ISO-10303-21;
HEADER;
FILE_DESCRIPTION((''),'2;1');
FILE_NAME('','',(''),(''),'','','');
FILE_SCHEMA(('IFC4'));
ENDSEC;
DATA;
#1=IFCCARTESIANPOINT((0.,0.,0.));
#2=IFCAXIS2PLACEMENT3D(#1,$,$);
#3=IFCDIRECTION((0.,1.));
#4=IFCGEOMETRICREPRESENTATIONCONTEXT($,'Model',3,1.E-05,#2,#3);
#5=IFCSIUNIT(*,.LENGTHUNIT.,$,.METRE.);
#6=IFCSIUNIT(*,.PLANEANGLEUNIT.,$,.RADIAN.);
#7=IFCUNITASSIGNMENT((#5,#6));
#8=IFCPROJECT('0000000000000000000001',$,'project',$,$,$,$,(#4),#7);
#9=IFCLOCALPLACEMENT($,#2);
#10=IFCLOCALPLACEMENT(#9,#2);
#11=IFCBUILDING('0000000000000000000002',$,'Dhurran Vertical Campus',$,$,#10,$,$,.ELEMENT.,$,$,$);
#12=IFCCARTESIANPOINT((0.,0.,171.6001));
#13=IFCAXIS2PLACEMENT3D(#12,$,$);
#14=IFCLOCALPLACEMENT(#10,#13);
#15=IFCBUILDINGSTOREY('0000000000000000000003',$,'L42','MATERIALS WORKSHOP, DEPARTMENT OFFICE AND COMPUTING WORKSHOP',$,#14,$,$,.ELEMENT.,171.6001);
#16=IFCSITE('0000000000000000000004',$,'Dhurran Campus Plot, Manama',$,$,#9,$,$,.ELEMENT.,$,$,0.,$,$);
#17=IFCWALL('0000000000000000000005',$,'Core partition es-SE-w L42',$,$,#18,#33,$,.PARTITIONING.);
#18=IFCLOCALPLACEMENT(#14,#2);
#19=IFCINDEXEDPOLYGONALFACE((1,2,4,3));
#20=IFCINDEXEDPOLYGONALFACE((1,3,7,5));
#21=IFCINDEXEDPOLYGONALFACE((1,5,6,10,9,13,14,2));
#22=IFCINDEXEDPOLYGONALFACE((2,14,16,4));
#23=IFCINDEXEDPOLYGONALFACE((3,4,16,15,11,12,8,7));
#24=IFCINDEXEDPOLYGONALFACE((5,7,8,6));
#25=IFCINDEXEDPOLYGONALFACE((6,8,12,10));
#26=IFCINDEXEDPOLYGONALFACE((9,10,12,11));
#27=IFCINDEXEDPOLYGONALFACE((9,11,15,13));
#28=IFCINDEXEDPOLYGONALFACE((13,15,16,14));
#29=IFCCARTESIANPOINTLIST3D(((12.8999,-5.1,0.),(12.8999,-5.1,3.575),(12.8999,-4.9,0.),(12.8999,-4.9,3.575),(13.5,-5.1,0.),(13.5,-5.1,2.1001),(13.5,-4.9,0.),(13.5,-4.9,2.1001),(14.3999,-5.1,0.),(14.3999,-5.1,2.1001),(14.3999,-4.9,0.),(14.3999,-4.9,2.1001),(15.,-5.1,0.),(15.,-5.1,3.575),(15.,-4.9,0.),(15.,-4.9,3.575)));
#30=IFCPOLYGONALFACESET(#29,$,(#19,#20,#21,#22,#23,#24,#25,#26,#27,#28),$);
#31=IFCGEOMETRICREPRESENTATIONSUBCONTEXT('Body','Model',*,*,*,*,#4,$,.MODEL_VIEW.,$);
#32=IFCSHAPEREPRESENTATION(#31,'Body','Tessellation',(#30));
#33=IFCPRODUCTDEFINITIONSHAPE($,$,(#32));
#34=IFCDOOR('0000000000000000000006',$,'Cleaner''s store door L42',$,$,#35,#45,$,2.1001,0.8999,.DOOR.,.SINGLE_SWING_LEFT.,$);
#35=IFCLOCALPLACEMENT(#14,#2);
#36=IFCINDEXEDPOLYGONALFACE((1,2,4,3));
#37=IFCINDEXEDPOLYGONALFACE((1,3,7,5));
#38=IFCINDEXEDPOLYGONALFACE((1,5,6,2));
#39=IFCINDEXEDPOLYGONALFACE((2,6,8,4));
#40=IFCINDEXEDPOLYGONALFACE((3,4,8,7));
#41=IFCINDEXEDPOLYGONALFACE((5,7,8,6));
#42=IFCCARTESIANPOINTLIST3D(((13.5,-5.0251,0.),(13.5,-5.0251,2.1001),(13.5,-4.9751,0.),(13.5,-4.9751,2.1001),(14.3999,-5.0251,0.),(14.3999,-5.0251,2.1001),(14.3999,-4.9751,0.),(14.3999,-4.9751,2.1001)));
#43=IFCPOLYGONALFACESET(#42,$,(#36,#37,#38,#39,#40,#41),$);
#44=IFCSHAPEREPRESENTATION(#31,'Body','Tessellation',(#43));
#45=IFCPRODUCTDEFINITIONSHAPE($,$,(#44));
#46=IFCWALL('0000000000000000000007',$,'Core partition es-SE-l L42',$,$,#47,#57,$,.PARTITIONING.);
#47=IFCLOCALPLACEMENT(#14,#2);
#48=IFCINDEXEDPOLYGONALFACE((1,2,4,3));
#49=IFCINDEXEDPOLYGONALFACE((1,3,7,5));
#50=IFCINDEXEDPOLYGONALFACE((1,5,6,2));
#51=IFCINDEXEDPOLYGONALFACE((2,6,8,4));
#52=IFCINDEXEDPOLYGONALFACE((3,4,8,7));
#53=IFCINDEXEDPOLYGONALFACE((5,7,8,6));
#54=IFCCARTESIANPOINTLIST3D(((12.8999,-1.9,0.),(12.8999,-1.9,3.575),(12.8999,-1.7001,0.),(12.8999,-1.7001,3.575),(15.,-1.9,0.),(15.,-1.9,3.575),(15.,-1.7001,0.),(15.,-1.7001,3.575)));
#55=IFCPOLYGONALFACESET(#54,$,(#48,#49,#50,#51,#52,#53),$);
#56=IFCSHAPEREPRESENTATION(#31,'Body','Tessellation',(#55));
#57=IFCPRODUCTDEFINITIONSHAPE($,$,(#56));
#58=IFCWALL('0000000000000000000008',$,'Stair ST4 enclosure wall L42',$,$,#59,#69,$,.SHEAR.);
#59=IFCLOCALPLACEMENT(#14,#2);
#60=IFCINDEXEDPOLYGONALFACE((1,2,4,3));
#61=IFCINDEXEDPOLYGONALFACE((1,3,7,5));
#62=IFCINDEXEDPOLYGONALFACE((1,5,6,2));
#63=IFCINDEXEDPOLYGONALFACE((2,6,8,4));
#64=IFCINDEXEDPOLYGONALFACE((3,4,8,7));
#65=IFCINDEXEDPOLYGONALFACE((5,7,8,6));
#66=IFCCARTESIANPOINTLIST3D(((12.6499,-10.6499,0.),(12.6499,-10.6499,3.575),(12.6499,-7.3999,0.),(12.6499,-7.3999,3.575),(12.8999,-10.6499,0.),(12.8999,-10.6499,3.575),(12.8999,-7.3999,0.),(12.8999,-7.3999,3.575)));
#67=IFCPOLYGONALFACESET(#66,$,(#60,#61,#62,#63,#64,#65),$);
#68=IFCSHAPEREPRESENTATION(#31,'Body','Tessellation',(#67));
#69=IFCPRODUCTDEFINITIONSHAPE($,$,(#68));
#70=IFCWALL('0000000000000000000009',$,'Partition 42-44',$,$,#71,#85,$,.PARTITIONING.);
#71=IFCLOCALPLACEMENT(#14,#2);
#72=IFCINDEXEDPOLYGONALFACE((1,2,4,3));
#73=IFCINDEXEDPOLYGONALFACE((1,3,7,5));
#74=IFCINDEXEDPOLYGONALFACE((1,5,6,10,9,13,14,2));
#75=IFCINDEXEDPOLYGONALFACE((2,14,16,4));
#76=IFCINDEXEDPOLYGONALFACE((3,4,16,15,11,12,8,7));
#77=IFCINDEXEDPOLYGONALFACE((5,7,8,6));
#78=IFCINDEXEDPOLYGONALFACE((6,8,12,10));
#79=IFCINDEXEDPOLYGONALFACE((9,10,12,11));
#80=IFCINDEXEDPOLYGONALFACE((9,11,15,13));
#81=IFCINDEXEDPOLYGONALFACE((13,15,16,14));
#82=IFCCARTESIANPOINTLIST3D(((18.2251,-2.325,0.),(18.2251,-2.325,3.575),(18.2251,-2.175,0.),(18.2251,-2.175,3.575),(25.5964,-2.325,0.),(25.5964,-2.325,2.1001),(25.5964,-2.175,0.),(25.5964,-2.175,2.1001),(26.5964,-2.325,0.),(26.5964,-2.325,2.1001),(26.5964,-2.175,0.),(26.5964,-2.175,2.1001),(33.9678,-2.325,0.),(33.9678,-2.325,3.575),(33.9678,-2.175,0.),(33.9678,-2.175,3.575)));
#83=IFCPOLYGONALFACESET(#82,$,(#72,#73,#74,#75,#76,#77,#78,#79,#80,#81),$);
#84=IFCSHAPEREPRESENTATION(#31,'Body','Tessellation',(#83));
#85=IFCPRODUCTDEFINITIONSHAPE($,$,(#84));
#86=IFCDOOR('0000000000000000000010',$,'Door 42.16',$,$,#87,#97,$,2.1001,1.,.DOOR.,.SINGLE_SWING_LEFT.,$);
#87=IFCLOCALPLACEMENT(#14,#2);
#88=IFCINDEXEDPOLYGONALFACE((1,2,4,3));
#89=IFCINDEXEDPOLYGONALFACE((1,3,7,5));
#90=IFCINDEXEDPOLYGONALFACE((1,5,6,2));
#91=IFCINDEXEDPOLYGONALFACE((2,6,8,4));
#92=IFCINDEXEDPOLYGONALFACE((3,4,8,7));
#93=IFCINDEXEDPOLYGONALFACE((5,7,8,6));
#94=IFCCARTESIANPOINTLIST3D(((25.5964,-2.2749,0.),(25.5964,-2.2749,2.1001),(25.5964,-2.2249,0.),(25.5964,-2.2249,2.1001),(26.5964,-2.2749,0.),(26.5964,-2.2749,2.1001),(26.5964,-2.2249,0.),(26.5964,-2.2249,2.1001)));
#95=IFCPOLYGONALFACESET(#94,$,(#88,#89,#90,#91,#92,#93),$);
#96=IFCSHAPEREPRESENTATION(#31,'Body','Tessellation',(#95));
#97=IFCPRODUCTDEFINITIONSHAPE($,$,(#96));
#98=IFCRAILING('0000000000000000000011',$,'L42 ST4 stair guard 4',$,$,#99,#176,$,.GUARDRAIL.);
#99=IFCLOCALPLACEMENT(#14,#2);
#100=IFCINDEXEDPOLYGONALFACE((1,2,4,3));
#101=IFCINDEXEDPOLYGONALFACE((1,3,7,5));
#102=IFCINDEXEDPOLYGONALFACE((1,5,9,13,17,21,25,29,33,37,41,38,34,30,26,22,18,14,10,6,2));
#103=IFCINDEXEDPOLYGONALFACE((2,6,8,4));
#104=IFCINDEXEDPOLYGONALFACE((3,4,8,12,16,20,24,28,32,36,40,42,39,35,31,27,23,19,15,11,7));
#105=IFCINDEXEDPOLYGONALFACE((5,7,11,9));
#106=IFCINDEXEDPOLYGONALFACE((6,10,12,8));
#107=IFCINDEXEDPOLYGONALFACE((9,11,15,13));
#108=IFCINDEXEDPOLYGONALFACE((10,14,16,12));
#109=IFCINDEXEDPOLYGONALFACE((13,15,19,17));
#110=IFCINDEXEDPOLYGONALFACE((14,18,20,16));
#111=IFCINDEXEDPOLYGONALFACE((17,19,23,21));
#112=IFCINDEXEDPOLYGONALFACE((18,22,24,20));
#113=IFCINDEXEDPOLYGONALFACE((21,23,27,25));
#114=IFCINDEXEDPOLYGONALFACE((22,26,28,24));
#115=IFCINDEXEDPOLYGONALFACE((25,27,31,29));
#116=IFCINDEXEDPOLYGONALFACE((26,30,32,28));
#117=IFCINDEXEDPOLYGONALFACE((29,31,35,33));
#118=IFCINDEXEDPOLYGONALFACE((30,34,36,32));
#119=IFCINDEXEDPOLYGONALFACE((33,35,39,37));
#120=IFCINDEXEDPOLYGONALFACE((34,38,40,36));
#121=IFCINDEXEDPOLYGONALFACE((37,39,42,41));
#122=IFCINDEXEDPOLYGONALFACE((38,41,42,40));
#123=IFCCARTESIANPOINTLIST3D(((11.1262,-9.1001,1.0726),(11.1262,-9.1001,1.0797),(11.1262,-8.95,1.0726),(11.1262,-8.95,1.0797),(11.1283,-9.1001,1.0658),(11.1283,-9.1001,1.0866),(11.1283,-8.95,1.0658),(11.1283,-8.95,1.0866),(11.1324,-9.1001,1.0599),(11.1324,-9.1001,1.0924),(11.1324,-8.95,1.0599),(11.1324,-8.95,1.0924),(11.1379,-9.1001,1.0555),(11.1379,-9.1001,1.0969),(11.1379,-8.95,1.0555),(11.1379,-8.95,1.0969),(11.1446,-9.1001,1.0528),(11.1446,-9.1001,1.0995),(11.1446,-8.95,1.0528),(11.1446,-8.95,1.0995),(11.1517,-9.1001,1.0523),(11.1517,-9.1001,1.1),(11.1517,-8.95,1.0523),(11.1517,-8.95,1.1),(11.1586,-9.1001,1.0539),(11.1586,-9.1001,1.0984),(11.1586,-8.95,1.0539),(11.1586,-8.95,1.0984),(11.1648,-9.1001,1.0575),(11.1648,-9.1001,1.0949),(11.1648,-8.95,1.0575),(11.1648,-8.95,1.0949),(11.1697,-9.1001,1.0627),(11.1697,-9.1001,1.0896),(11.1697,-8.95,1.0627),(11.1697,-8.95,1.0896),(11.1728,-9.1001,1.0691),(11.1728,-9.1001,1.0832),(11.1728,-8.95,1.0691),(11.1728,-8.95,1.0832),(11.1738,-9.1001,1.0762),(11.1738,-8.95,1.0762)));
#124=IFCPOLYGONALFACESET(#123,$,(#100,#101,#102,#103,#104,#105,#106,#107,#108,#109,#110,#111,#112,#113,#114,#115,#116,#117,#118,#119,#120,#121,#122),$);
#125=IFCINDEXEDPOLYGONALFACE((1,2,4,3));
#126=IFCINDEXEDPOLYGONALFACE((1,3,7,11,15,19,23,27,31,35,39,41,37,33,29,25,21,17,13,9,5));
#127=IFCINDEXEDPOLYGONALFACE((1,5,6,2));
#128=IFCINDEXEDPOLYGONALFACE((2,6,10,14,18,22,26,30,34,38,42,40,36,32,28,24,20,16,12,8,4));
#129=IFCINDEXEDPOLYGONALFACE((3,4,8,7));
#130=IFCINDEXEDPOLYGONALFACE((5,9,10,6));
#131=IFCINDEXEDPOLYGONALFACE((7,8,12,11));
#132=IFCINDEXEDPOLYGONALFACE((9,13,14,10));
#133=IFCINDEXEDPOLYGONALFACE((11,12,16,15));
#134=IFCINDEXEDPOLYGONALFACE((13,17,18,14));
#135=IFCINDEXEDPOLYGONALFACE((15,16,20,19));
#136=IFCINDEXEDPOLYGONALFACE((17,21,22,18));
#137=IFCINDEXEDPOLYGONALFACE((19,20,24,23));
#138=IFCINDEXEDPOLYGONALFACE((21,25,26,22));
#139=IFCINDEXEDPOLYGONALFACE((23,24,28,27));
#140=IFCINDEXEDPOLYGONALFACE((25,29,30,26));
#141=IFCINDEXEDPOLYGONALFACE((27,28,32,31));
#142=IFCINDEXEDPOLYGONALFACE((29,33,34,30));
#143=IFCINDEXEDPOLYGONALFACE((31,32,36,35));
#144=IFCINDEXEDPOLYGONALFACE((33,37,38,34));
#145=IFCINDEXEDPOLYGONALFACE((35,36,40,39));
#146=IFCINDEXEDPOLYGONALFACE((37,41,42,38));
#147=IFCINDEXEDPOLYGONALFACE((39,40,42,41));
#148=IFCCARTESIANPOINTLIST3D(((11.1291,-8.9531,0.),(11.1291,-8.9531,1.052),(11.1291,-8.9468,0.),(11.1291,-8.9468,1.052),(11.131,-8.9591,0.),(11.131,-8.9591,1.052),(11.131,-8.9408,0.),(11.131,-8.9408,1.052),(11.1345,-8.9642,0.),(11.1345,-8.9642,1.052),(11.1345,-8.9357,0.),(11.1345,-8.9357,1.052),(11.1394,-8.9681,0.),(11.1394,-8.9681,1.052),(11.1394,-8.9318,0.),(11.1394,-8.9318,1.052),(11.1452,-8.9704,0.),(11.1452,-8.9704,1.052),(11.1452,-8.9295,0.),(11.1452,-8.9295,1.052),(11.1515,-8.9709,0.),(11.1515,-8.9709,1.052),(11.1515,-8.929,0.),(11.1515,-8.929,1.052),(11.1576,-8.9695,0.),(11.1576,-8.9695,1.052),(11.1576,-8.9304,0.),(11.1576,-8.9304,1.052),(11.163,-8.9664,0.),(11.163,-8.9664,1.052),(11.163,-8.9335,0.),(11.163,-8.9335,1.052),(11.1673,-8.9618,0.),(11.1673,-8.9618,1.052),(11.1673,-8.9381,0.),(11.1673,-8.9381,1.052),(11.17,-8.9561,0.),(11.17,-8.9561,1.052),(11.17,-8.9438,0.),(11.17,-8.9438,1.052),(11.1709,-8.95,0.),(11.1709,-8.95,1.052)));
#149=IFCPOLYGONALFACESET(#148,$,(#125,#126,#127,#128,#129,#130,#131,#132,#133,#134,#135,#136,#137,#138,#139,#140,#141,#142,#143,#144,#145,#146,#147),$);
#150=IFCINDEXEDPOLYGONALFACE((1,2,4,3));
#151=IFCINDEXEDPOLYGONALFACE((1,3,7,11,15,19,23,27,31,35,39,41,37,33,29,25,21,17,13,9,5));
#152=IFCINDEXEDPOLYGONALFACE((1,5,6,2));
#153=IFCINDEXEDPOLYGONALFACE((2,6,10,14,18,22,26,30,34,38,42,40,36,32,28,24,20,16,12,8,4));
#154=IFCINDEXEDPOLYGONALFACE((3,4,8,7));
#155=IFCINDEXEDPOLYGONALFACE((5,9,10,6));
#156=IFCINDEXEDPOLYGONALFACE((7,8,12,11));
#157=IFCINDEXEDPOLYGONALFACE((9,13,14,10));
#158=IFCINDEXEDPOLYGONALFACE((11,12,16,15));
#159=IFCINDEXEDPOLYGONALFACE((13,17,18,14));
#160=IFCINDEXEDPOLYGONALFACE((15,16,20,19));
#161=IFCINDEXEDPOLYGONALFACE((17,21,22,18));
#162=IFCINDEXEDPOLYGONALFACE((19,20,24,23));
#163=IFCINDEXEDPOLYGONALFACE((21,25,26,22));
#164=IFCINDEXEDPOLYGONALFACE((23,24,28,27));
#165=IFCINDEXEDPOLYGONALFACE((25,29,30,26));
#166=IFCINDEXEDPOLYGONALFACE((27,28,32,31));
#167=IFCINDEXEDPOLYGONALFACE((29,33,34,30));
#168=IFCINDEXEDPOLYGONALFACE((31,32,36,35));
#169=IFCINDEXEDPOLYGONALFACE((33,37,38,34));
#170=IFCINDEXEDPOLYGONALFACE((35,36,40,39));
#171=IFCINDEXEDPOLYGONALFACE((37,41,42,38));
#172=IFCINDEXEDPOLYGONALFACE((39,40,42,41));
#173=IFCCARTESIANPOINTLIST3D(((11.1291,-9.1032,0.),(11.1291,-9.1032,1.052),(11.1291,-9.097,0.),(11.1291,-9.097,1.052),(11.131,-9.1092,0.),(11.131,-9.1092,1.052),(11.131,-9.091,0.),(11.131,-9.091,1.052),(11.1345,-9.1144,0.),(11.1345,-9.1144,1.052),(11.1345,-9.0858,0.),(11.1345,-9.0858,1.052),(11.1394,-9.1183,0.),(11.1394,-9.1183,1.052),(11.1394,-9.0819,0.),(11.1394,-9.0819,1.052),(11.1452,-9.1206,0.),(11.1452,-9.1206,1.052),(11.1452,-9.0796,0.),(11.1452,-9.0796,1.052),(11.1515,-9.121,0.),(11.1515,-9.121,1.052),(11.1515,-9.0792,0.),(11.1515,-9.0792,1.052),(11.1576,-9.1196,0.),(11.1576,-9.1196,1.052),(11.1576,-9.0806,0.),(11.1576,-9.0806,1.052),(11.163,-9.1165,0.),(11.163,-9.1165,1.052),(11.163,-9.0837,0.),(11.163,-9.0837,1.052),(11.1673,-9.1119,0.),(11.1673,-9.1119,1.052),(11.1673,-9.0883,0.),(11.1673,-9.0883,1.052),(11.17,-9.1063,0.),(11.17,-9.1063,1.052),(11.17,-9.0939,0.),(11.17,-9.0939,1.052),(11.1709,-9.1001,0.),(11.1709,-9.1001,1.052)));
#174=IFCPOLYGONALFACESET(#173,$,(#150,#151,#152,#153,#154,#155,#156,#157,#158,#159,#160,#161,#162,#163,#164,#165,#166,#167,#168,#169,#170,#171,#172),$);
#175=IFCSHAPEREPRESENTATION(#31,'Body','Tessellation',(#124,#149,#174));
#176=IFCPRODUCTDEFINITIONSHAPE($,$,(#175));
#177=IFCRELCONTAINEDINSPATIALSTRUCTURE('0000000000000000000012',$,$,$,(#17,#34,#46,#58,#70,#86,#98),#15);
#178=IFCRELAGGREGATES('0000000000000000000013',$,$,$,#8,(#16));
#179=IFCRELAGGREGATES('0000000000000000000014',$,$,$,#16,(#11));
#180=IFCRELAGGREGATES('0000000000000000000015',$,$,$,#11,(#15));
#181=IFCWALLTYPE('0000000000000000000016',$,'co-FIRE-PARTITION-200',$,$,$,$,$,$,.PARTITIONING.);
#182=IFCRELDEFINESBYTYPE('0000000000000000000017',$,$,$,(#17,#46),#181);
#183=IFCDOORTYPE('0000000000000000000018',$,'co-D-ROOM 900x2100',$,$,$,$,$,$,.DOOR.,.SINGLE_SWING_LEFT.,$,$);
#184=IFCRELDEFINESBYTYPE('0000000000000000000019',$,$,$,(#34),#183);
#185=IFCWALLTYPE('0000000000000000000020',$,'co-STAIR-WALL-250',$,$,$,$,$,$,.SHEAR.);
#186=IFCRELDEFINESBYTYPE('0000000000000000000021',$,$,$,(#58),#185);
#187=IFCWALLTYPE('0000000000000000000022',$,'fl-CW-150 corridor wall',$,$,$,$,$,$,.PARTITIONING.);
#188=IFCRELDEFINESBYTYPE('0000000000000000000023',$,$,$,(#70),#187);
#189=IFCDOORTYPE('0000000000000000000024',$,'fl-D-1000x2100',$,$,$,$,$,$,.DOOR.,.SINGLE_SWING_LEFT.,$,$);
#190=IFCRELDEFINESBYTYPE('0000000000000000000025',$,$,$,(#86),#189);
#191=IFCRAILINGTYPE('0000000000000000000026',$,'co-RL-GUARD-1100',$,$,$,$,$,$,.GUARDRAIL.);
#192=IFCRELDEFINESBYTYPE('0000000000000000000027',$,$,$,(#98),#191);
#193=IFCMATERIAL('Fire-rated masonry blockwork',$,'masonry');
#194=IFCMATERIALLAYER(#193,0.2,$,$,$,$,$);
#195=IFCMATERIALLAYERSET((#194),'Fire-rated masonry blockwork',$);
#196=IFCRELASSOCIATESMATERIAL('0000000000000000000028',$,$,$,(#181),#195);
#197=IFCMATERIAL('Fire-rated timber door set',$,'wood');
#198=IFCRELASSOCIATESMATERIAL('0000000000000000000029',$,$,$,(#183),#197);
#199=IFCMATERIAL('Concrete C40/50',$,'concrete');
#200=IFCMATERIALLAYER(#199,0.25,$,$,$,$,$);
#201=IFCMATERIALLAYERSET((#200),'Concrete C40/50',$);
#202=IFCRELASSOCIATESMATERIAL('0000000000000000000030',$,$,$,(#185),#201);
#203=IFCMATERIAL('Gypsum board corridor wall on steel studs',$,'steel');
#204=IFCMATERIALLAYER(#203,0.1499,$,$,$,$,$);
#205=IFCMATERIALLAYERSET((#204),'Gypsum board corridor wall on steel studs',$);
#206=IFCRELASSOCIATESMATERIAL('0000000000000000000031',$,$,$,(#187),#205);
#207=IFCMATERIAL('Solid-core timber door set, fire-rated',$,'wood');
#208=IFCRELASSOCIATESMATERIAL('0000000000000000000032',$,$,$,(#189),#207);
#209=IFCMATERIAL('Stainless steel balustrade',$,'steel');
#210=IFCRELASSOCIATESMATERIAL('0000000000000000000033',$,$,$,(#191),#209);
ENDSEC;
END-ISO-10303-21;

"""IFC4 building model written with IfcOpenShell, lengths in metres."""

from ifc_helpers import new_model, si_unit, direction, frame, frame_2d, origin, origin_2d, place, context, subcontext, project, spatial, rectangle, circle, extrude, material, layer, layer_set, type_object, element, fill, save


model = new_model("IFC4")

# Units and contexts
model_context = context("Model", 3, precision=1e-05, world=origin(), true_north=direction((0.0, 1.0)))
body_context = subcontext(model_context, "Body", "Model", "MODEL_VIEW")
ifc_project = project(units=[si_unit("LENGTHUNIT", "METRE"), si_unit("PLANEANGLEUNIT", "RADIAN")], contexts=[model_context])

# Site, building, storey
site_placement = place(None, origin())
site = spatial("IfcSite", under=ifc_project, at=site_placement, Name="Dhurran Campus Plot, Manama", CompositionType="ELEMENT", RefElevation=0.0)
building_placement = place(site_placement, origin())
building = spatial("IfcBuilding", under=site, at=building_placement, Name="Dhurran Vertical Campus", CompositionType="ELEMENT")
storey_placement = place(building_placement, frame((0.0, 0.0, 171.6001)))
storey = spatial("IfcBuildingStorey", under=building, at=storey_placement, Name="L42", Description="MATERIALS WORKSHOP, DEPARTMENT OFFICE AND COMPUTING WORKSHOP", CompositionType="ELEMENT", Elevation=171.6001)

# Shared definitions
ifc_material_1 = material(Name="Fire-rated masonry blockwork", Category="masonry")
ifc_layer_1 = layer(ifc_material_1, 0.2)
ifc_layer_set_1 = layer_set([ifc_layer_1], Name="Fire-rated masonry blockwork")
wall_type_1 = type_object("IfcWallType", Name="co-FIRE-PARTITION-200", PredefinedType="PARTITIONING", material=ifc_layer_set_1)

# Wall, opening, door
ifc_material_2 = material(Name="Fire-rated timber door set", Category="wood")
door_type_1 = type_object("IfcDoorType", Name="co-D-ROOM 900x2100", OperationType="SINGLE_SWING_LEFT", PredefinedType="DOOR", material=ifc_material_2)
wall_1_placement = place(storey_placement, frame((12.8999, -5.0, 0.0), z_axis=(0.0, 0.0, 1.0), x_axis=(1.0, 0.0, 0.0)))
wall_1 = element("IfcWall", 1, at=wall_1_placement, inside=storey, type_object=wall_type_1, Name="Core partition es-SE-w L42", PredefinedType="PARTITIONING", context=body_context, shape_type="SweptSolid", body=[
    extrude(rectangle(XDim=2.1001, YDim=0.2, at=frame_2d((1.05, 0.0))), origin(), (0.0, 0.0, 1.0), 3.575),
])
opening_1_placement = place(wall_1_placement, frame((0.6001, 0.0, 0.0)))
opening_1 = element("IfcOpeningElement", 2, at=opening_1_placement, cuts=wall_1, PredefinedType="OPENING", context=body_context, shape_type="SweptSolid", body=[
    extrude(rectangle(XDim=0.8999, YDim=2.1001, at=frame_2d((0.45, 1.05))), frame((0.0, 0.1099, 0.0), z_axis=(0.0, -1.0, 0.0), x_axis=(1.0, 0.0, 0.0)), (0.0, 0.0, 1.0), 0.22),
])
door_1_placement = place(opening_1_placement, origin())
door_1 = element("IfcDoor", 3, at=door_1_placement, inside=storey, type_object=door_type_1, Name="Cleaner's store door L42", OperationType="SINGLE_SWING_LEFT", OverallHeight=2.1001, OverallWidth=0.8999, PredefinedType="DOOR", context=body_context, shape_type="SweptSolid", body=[
    extrude(rectangle(XDim=0.8999, YDim=2.1001, at=frame_2d((0.45, 1.05))), frame((0.0, 0.0249, 0.0), z_axis=(0.0, -1.0, 0.0), x_axis=(1.0, 0.0, 0.0)), (0.0, 0.0, 1.0), 0.05),
])
fill(opening_1, door_1)

# Walls
wall_2_placement = place(storey_placement, frame((12.8999, -1.8, 0.0), z_axis=(0.0, 0.0, 1.0), x_axis=(1.0, 0.0, 0.0)))
element("IfcWall", 4, at=wall_2_placement, inside=storey, type_object=wall_type_1, Name="Core partition es-SE-l L42", PredefinedType="PARTITIONING", context=body_context, shape_type="SweptSolid", body=[
    extrude(rectangle(XDim=2.1001, YDim=0.2, at=frame_2d((1.05, 0.0))), origin(), (0.0, 0.0, 1.0), 3.575),
])
ifc_material_3 = material(Name="Concrete C40/50", Category="concrete")
ifc_layer_2 = layer(ifc_material_3, 0.25)
ifc_layer_set_2 = layer_set([ifc_layer_2], Name="Concrete C40/50")
wall_type_2 = type_object("IfcWallType", Name="co-STAIR-WALL-250", PredefinedType="SHEAR", material=ifc_layer_set_2)
wall_3_placement = place(storey_placement, frame((12.7749, -10.6499, 0.0), z_axis=(0.0, 0.0, 1.0), x_axis=(0.0, 1.0, 0.0)))
element("IfcWall", 5, at=wall_3_placement, inside=storey, type_object=wall_type_2, Name="Stair ST4 enclosure wall L42", PredefinedType="SHEAR", context=body_context, shape_type="SweptSolid", body=[
    extrude(rectangle(XDim=3.25, YDim=0.25, at=frame_2d((1.625, 0.0))), origin(), (0.0, 0.0, 1.0), 3.575),
])

# Wall, opening, door
ifc_material_4 = material(Name="Gypsum board corridor wall on steel studs", Category="steel")
ifc_layer_3 = layer(ifc_material_4, 0.1499)
ifc_layer_set_3 = layer_set([ifc_layer_3], Name="Gypsum board corridor wall on steel studs")
wall_type_3 = type_object("IfcWallType", Name="fl-CW-150 corridor wall", PredefinedType="PARTITIONING", material=ifc_layer_set_3)
wall_4_placement = place(storey_placement, frame((33.9678, -2.25, 0.0), z_axis=(0.0, 0.0, 1.0), x_axis=(-1.0, 0.0, 0.0)))
wall_4 = element("IfcWall", 6, at=wall_4_placement, inside=storey, type_object=wall_type_3, Name="Partition 42-44", PredefinedType="PARTITIONING", context=body_context, shape_type="SweptSolid", body=[
    extrude(rectangle(XDim=15.7427, YDim=0.1499, at=frame_2d((7.8713, 0.0))), origin(), (0.0, 0.0, 1.0), 3.575),
])
opening_2_placement = place(wall_4_placement, frame((7.3713, 0.0, 0.0)))
opening_2 = element("IfcOpeningElement", 7, at=opening_2_placement, cuts=wall_4, PredefinedType="OPENING", context=body_context, shape_type="SweptSolid", body=[
    extrude(rectangle(XDim=1.0, YDim=2.1001, at=frame_2d((0.5, 1.05))), frame((0.0, 0.085, 0.0), z_axis=(0.0, -1.0, 0.0), x_axis=(1.0, 0.0, 0.0)), (0.0, 0.0, 1.0), 0.1699),
])
ifc_material_5 = material(Name="Solid-core timber door set, fire-rated", Category="wood")
door_type_2 = type_object("IfcDoorType", Name="fl-D-1000x2100", OperationType="SINGLE_SWING_LEFT", PredefinedType="DOOR", material=ifc_material_5)
door_2_placement = place(opening_2_placement, origin())
door_2 = element("IfcDoor", 8, at=door_2_placement, inside=storey, type_object=door_type_2, Name="Door 42.16", OperationType="SINGLE_SWING_LEFT", OverallHeight=2.1001, OverallWidth=1.0, PredefinedType="DOOR", context=body_context, shape_type="SweptSolid", body=[
    extrude(rectangle(XDim=1.0, YDim=2.1001, at=frame_2d((0.5, 1.05))), frame((0.0, 0.0249, 0.0), z_axis=(0.0, -1.0, 0.0), x_axis=(1.0, 0.0, 0.0)), (0.0, 0.0, 1.0), 0.05),
])
fill(opening_2, door_2)

# Railing
ifc_material_6 = material(Name="Stainless steel balustrade", Category="steel")
railing_type_1 = type_object("IfcRailingType", Name="co-RL-GUARD-1100", PredefinedType="GUARDRAIL", material=ifc_material_6)
railing_1_placement = place(storey_placement, frame((11.1499, -8.95, 0.0)))
element("IfcRailing", 9, at=railing_1_placement, inside=storey, type_object=railing_type_1, Name="L42 ST4 stair guard 4", PredefinedType="GUARDRAIL", context=body_context, shape_type="SweptSolid", body=[
    extrude(circle(Radius=0.0239, at=origin_2d()), frame((0.0, 0.0, 1.0762), z_axis=(0.0, -1.0, 0.0), x_axis=(1.0, 0.0, 0.0)), (0.0, 0.0, 1.0), 0.1501),
    extrude(circle(Radius=0.021, at=origin_2d()), origin(), (0.0, 0.0, 1.0), 1.052),
    extrude(circle(Radius=0.021, at=origin_2d()), frame((0.0, -0.1501, 0.0)), (0.0, 0.0, 1.0), 1.052),
])

save(model, "model.ifc")
